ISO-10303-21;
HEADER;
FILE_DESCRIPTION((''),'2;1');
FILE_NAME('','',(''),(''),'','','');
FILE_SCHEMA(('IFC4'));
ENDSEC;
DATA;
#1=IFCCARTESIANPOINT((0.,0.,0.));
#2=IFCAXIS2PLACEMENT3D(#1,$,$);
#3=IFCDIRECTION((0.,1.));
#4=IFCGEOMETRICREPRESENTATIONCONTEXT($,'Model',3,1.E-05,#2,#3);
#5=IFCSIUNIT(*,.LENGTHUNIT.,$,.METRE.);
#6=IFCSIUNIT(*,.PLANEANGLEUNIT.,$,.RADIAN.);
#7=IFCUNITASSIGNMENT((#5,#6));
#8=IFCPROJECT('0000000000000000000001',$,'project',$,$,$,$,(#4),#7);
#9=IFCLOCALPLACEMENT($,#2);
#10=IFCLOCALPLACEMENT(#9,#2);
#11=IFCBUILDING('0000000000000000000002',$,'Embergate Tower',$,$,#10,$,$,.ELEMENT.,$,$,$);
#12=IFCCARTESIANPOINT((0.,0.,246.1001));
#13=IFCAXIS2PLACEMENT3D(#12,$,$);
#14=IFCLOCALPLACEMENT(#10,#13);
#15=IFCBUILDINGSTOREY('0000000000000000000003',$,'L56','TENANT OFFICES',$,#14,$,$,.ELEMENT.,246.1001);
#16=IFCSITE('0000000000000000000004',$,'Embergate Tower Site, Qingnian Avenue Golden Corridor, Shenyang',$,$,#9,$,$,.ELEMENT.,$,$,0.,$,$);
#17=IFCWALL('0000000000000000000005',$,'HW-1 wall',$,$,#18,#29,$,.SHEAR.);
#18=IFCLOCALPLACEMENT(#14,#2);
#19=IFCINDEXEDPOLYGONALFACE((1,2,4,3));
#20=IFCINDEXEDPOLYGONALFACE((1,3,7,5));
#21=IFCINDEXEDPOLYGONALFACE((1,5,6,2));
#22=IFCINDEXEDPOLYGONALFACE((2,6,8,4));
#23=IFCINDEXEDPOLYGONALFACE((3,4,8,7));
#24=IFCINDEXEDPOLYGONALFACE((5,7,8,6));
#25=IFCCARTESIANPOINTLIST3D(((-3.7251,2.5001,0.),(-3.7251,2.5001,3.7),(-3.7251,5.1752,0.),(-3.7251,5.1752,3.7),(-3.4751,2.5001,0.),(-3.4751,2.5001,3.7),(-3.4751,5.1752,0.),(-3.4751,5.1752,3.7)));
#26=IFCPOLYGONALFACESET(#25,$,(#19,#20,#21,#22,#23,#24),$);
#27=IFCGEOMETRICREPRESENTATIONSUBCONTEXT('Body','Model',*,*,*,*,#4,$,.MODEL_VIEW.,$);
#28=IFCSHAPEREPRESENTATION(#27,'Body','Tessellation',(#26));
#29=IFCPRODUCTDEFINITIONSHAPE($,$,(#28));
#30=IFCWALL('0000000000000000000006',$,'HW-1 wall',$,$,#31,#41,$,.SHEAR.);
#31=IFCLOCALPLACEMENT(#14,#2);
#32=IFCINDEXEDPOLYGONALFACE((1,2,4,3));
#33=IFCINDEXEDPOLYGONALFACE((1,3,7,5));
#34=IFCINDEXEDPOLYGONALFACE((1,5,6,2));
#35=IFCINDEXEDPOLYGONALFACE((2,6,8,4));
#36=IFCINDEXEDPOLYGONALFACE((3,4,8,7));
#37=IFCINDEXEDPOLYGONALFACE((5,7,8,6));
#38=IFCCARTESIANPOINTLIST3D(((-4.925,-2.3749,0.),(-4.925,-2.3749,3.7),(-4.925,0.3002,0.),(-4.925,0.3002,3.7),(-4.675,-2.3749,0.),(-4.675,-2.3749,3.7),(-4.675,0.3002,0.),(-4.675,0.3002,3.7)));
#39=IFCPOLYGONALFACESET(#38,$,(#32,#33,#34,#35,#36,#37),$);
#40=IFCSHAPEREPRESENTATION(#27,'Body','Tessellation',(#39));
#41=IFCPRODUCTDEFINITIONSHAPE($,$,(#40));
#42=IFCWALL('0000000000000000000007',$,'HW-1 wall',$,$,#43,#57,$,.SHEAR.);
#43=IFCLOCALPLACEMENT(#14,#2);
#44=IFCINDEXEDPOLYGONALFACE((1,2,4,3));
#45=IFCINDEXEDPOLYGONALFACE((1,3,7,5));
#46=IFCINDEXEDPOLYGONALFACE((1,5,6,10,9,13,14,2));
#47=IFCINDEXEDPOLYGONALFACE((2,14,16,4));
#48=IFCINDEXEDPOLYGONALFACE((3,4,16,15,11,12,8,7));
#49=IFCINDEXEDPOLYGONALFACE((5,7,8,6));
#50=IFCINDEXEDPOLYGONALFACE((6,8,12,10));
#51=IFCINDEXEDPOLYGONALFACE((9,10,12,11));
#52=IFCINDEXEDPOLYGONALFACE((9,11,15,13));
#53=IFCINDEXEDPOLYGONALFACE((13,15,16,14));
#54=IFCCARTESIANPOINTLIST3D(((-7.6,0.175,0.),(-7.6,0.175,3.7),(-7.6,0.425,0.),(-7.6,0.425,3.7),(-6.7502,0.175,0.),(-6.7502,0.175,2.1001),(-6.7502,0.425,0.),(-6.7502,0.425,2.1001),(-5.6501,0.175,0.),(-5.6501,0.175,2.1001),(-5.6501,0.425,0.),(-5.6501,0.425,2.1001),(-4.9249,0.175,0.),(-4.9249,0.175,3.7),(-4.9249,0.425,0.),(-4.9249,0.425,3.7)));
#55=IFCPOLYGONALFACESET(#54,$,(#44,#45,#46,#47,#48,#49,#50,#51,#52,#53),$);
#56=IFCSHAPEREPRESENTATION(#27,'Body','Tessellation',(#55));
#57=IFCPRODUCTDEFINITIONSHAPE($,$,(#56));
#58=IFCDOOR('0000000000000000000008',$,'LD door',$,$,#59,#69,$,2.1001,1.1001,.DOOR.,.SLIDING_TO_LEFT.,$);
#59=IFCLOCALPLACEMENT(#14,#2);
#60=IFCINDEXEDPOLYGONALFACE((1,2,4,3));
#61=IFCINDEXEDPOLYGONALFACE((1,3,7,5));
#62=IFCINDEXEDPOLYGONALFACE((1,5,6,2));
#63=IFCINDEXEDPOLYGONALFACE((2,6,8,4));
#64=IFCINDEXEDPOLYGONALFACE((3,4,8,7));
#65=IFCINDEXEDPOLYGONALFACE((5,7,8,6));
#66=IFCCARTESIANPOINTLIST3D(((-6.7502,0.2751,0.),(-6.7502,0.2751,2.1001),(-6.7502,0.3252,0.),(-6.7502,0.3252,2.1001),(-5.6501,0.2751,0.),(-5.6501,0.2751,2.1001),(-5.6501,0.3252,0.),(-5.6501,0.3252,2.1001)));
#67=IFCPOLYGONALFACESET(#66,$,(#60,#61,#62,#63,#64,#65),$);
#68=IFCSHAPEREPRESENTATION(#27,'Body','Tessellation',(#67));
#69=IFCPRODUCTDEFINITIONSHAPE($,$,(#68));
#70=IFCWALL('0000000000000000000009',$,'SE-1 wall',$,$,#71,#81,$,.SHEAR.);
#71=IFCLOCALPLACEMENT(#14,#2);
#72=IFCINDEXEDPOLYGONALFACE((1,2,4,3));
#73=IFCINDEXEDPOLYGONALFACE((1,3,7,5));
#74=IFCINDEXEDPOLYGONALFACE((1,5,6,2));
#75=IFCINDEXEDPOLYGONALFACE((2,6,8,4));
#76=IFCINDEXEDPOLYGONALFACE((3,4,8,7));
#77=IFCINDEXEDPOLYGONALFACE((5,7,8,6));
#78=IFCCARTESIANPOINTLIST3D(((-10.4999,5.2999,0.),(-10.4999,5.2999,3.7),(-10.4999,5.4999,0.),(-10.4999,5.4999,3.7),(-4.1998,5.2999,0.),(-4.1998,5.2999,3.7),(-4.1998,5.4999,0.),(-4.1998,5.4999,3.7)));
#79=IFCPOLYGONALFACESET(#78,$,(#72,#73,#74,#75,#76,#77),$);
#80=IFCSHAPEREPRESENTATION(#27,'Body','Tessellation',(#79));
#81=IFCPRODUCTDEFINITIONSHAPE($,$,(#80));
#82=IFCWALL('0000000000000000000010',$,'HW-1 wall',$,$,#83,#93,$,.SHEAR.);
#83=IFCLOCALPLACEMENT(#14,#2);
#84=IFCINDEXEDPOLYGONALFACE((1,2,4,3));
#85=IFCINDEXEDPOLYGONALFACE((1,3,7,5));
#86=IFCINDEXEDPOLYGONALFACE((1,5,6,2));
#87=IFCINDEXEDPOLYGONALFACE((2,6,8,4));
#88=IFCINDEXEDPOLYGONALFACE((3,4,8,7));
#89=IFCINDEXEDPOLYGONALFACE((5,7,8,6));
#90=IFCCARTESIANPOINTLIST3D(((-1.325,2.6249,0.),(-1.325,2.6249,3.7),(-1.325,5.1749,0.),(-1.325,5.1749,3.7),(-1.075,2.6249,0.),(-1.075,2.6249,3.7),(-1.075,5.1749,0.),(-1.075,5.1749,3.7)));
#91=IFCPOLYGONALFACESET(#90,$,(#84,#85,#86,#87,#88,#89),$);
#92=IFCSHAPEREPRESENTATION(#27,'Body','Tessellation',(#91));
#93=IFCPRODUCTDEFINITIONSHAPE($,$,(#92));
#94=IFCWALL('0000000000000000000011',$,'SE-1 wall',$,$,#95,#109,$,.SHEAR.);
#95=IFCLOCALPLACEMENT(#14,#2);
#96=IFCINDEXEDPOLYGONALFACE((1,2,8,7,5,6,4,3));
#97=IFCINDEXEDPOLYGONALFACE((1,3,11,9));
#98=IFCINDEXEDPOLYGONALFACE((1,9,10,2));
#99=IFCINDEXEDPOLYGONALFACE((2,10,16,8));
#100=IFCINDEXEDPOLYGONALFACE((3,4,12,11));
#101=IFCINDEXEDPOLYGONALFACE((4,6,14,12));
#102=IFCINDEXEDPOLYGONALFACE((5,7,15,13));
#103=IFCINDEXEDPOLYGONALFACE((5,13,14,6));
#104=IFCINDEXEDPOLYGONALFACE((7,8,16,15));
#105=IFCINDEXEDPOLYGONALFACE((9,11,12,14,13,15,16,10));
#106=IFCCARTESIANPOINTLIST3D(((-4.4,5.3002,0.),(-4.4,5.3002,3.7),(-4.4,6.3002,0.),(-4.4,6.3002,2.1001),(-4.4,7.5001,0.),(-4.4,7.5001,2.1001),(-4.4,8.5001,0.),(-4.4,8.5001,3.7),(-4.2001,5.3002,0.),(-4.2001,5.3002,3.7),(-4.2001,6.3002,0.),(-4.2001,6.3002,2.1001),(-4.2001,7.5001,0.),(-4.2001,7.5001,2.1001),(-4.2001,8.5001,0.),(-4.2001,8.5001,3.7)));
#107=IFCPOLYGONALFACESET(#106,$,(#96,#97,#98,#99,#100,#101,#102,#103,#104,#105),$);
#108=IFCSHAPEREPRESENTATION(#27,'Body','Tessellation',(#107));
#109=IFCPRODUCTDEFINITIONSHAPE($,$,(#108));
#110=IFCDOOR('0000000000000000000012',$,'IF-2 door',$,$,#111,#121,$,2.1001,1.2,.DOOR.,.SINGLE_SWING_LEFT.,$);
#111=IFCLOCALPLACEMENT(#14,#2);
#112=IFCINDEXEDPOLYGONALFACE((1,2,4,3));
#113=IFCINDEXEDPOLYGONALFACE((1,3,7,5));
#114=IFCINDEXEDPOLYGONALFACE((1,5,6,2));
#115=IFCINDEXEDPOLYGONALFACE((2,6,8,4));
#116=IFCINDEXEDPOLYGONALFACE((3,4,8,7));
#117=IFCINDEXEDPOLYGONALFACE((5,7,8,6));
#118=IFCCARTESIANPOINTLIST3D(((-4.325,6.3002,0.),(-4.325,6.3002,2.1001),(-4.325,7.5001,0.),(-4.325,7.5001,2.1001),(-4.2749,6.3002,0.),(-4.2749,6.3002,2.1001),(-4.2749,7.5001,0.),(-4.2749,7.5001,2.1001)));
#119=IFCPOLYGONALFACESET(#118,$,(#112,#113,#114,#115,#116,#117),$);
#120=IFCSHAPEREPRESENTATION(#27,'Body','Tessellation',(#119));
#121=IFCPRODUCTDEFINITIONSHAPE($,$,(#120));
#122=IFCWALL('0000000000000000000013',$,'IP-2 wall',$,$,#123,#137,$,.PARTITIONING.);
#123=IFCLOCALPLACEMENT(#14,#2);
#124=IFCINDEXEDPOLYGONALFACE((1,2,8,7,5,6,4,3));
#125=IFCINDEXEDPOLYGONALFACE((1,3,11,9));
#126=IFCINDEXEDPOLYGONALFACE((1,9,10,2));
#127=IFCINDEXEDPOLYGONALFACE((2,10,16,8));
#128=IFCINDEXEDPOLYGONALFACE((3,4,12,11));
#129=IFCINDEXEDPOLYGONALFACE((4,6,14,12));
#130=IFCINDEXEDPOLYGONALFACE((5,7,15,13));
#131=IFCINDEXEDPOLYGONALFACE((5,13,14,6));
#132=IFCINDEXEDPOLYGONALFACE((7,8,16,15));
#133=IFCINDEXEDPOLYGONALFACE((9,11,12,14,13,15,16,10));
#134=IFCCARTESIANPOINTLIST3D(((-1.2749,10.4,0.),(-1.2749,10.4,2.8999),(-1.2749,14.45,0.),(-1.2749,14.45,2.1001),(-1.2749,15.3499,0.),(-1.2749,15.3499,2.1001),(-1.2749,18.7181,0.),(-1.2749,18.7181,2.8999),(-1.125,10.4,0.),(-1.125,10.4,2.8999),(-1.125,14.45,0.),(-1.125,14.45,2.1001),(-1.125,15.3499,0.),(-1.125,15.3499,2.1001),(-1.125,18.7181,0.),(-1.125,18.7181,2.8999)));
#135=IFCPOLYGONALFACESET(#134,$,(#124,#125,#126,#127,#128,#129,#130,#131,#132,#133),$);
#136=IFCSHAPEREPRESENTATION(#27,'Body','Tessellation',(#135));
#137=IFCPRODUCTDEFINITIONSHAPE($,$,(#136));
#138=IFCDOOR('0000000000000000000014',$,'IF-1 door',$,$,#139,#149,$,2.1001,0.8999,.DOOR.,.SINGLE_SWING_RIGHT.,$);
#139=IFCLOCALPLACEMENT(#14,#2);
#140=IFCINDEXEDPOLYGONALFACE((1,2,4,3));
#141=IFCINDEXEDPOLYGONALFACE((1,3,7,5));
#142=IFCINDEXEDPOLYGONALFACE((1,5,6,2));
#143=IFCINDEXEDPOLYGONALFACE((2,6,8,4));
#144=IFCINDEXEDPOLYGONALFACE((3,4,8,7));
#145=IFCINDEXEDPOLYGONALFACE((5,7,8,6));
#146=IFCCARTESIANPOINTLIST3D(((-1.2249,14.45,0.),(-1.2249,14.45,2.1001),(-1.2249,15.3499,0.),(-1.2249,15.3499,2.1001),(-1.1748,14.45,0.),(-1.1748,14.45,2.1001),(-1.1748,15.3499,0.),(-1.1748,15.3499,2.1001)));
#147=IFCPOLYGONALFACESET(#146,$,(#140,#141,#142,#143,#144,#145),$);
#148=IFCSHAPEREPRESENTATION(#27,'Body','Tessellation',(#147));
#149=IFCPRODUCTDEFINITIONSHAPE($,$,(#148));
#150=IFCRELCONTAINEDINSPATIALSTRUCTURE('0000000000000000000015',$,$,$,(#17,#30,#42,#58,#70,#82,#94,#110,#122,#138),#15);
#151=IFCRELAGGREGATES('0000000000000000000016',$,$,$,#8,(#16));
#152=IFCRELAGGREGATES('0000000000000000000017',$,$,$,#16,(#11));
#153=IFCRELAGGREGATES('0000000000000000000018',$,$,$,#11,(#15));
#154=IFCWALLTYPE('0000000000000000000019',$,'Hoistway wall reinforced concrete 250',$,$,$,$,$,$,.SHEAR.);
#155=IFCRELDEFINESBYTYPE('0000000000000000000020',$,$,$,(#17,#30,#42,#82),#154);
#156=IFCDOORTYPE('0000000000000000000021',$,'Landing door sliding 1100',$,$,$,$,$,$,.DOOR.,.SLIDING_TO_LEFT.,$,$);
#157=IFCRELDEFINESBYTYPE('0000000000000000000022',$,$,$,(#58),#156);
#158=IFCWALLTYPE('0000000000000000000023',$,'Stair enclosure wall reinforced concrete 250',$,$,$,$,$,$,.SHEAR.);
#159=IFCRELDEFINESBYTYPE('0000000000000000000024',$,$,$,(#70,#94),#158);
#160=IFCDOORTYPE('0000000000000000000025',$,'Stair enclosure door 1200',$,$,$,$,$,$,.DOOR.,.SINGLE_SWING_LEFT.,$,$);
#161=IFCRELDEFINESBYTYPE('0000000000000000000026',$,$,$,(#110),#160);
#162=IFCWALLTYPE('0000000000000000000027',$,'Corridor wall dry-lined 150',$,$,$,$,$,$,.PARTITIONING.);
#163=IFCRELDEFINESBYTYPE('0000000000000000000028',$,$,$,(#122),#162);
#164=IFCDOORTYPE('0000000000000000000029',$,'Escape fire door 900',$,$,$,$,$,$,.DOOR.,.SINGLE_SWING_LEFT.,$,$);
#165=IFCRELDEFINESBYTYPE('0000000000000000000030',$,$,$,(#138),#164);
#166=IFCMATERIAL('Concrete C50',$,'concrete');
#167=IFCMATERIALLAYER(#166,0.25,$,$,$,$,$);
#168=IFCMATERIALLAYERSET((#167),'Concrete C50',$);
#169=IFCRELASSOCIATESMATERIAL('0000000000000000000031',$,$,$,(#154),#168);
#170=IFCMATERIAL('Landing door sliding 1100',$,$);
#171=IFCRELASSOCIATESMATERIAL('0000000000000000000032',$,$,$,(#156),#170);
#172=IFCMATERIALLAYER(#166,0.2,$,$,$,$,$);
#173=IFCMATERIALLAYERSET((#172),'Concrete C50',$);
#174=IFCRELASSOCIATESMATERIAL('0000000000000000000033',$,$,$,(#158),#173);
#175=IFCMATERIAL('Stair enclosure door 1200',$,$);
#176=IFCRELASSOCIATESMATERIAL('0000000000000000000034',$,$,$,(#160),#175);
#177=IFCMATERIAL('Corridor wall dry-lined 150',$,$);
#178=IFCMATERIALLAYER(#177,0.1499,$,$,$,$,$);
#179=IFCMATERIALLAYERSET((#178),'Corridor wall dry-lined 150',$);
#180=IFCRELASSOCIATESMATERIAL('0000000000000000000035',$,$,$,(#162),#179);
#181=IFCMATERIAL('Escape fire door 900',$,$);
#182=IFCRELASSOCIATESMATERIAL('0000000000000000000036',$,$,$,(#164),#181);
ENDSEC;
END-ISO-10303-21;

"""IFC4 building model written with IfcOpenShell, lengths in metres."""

from ifc_helpers import new_model, si_unit, direction, frame, frame_2d, origin, place, context, subcontext, project, spatial, rectangle, extrude, source, transform, mapped, material, layer, layer_set, type_object, element, fill, save


model = new_model("IFC4")

# Units and contexts
model_context = context("Model", 3, precision=1e-05, world=origin(), true_north=direction((0.0, 1.0)))
body_context = subcontext(model_context, "Body", "Model", "MODEL_VIEW")
ifc_project = project(units=[si_unit("LENGTHUNIT", "METRE"), si_unit("PLANEANGLEUNIT", "RADIAN")], contexts=[model_context])

# Site, building, storey
site_placement = place(None, origin())
site = spatial("IfcSite", under=ifc_project, at=site_placement, Name="Embergate Tower Site, Qingnian Avenue Golden Corridor, Shenyang", CompositionType="ELEMENT", RefElevation=0.0)
building_placement = place(site_placement, origin())
building = spatial("IfcBuilding", under=site, at=building_placement, Name="Embergate Tower", CompositionType="ELEMENT")
storey_placement = place(building_placement, frame((0.0, 0.0, 246.1001)))
storey = spatial("IfcBuildingStorey", under=building, at=storey_placement, Name="L56", Description="TENANT OFFICES", CompositionType="ELEMENT", Elevation=246.1001)

# Walls
ifc_material_1 = material(Name="Concrete C50", Category="concrete")
ifc_layer_1 = layer(ifc_material_1, 0.25)
ifc_layer_set_1 = layer_set([ifc_layer_1], Name="Concrete C50")
wall_type_1 = type_object("IfcWallType", Name="Hoistway wall reinforced concrete 250", PredefinedType="SHEAR", material=ifc_layer_set_1)
shared_shape_1 = source(origin(), body_context, "Body", "SweptSolid", [
    extrude(rectangle(XDim=2.675, YDim=0.25, at=frame_2d((1.3374, 0.0))), origin(), (0.0, 0.0, 1.0), 3.7),
])
for number, where, z_axis, x_axis, name in (
    (1, (-3.6001, 5.175, 0.0), (0.0, 0.0, 1.0), (0.0, -1.0, 0.0), "HW-1 wall"),
    (2, (-4.8, 0.3, 0.0), (0.0, 0.0, 1.0), (0.0, -1.0, 0.0), "HW-1 wall"),
):
    element("IfcWall", number, at=place(storey_placement, frame(where, z_axis=z_axis, x_axis=x_axis)), inside=storey, type_object=wall_type_1, Name=name, PredefinedType="SHEAR", context=body_context, shape_type="MappedRepresentation", body=[
        mapped(shared_shape_1, transform((0.0, 0.0, 0.0))),
    ])

# Wall, opening, door
wall_1_placement = place(storey_placement, frame((-4.925, 0.3, 0.0), z_axis=(0.0, 0.0, 1.0), x_axis=(-1.0, 0.0, 0.0)))
wall_1 = element("IfcWall", 3, at=wall_1_placement, inside=storey, type_object=wall_type_1, Name="HW-1 wall", PredefinedType="SHEAR", context=body_context, shape_type="MappedRepresentation", body=[
    mapped(shared_shape_1, transform((0.0, 0.0, 0.0))),
])
shared_shape_2 = source(origin(), body_context, "Body", "SweptSolid", [
    extrude(rectangle(XDim=1.1001, YDim=2.1001, at=frame_2d((0.55, 1.05))), frame((0.0, 0.135, 0.0), z_axis=(0.0, -1.0, 0.0), x_axis=(1.0, 0.0, 0.0)), (0.0, 0.0, 1.0), 0.27),
])
opening_1_placement = place(wall_1_placement, frame((0.7251, 0.0, 0.0)))
opening_1 = element("IfcOpeningElement", 4, at=opening_1_placement, cuts=wall_1, PredefinedType="OPENING", context=body_context, shape_type="MappedRepresentation", body=[
    mapped(shared_shape_2, transform((0.0, 0.0, 0.0))),
])
ifc_material_2 = material(Name="Landing door sliding 1100")
door_type_1 = type_object("IfcDoorType", Name="Landing door sliding 1100", OperationType="SLIDING_TO_LEFT", PredefinedType="DOOR", material=ifc_material_2)
shared_shape_3 = source(origin(), body_context, "Body", "SweptSolid", [
    extrude(rectangle(XDim=1.1001, YDim=2.1001, at=frame_2d((0.55, 1.05))), frame((0.0, 0.0249, 0.0), z_axis=(0.0, -1.0, 0.0), x_axis=(1.0, 0.0, 0.0)), (0.0, 0.0, 1.0), 0.05),
])
door_1_placement = place(opening_1_placement, origin())
door_1 = element("IfcDoor", 5, at=door_1_placement, inside=storey, type_object=door_type_1, Name="LD door", OperationType="SLIDING_TO_LEFT", OverallHeight=2.1001, OverallWidth=1.1001, PredefinedType="DOOR", context=body_context, shape_type="MappedRepresentation", body=[
    mapped(shared_shape_3, transform((0.0, 0.0, 0.0))),
])
fill(opening_1, door_1)

# Walls
ifc_layer_2 = layer(ifc_material_1, 0.2)
ifc_layer_set_2 = layer_set([ifc_layer_2], Name="Concrete C50")
wall_type_2 = type_object("IfcWallType", Name="Stair enclosure wall reinforced concrete 250", PredefinedType="SHEAR", material=ifc_layer_set_2)
shared_shape_4 = source(origin(), body_context, "Body", "SweptSolid", [
    extrude(rectangle(XDim=6.3, YDim=0.2, at=frame_2d((3.1499, 0.0))), origin(), (0.0, 0.0, 1.0), 3.7),
])
wall_2_placement = place(storey_placement, frame((-4.2, 5.3999, 0.0), z_axis=(0.0, 0.0, 1.0), x_axis=(-1.0, 0.0, 0.0)))
element("IfcWall", 6, at=wall_2_placement, inside=storey, type_object=wall_type_2, Name="SE-1 wall", PredefinedType="SHEAR", context=body_context, shape_type="MappedRepresentation", body=[
    mapped(shared_shape_4, transform((0.0, 0.0, 0.0))),
])
shared_shape_5 = source(origin(), body_context, "Body", "SweptSolid", [
    extrude(rectangle(XDim=2.55, YDim=0.25, at=frame_2d((1.2749, 0.0))), origin(), (0.0, 0.0, 1.0), 3.7),
])
wall_3_placement = place(storey_placement, frame((-1.2, 2.625, 0.0), z_axis=(0.0, 0.0, 1.0), x_axis=(0.0, 1.0, 0.0)))
element("IfcWall", 7, at=wall_3_placement, inside=storey, type_object=wall_type_1, Name="HW-1 wall", PredefinedType="SHEAR", context=body_context, shape_type="MappedRepresentation", body=[
    mapped(shared_shape_5, transform((0.0, 0.0, 0.0))),
])

# Walls, openings, doors
shared_shape_6 = source(origin(), body_context, "Body", "SweptSolid", [
    extrude(rectangle(XDim=3.2, YDim=0.2, at=frame_2d((1.6001, 0.0))), origin(), (0.0, 0.0, 1.0), 3.7),
])
wall_4_placement = place(storey_placement, frame((-4.3, 5.3, 0.0), z_axis=(0.0, 0.0, 1.0), x_axis=(0.0, 1.0, 0.0)))
wall_4 = element("IfcWall", 8, at=wall_4_placement, inside=storey, type_object=wall_type_2, Name="SE-1 wall", PredefinedType="SHEAR", context=body_context, shape_type="MappedRepresentation", body=[
    mapped(shared_shape_6, transform((0.0, 0.0, 0.0))),
])
shared_shape_7 = source(origin(), body_context, "Body", "SweptSolid", [
    extrude(rectangle(XDim=1.2, YDim=2.1001, at=frame_2d((0.6001, 1.05))), frame((0.0, 0.1099, 0.0), z_axis=(0.0, -1.0, 0.0), x_axis=(1.0, 0.0, 0.0)), (0.0, 0.0, 1.0), 0.22),
])
opening_2_placement = place(wall_4_placement, frame((1.0, 0.0, 0.0)))
opening_2 = element("IfcOpeningElement", 9, at=opening_2_placement, cuts=wall_4, PredefinedType="OPENING", context=body_context, shape_type="MappedRepresentation", body=[
    mapped(shared_shape_7, transform((0.0, 0.0, 0.0))),
])
ifc_material_3 = material(Name="Stair enclosure door 1200")
door_type_2 = type_object("IfcDoorType", Name="Stair enclosure door 1200", OperationType="SINGLE_SWING_LEFT", PredefinedType="DOOR", material=ifc_material_3)
shared_shape_8 = source(origin(), body_context, "Body", "SweptSolid", [
    extrude(rectangle(XDim=1.2, YDim=2.1001, at=frame_2d((0.6001, 1.05))), frame((0.0, 0.0249, 0.0), z_axis=(0.0, -1.0, 0.0), x_axis=(1.0, 0.0, 0.0)), (0.0, 0.0, 1.0), 0.05),
])
door_2_placement = place(opening_2_placement, origin())
door_2 = element("IfcDoor", 10, at=door_2_placement, inside=storey, type_object=door_type_2, Name="IF-2 door", OperationType="SINGLE_SWING_LEFT", OverallHeight=2.1001, OverallWidth=1.2, PredefinedType="DOOR", context=body_context, shape_type="MappedRepresentation", body=[
    mapped(shared_shape_8, transform((0.0, 0.0, 0.0))),
])
fill(opening_2, door_2)
ifc_material_4 = material(Name="Corridor wall dry-lined 150")
ifc_layer_3 = layer(ifc_material_4, 0.1499)
ifc_layer_set_3 = layer_set([ifc_layer_3], Name="Corridor wall dry-lined 150")
wall_type_3 = type_object("IfcWallType", Name="Corridor wall dry-lined 150", PredefinedType="PARTITIONING", material=ifc_layer_set_3)
shared_shape_9 = source(origin(), body_context, "Body", "SweptSolid", [
    extrude(rectangle(XDim=8.3181, YDim=0.1499, at=frame_2d((4.1592, 0.0))), origin(), (0.0, 0.0, 1.0), 2.8999),
])
wall_5_placement = place(storey_placement, frame((-1.2, 10.3999, 0.0), z_axis=(0.0, 0.0, 1.0), x_axis=(0.0, 1.0, 0.0)))
wall_5 = element("IfcWall", 11, at=wall_5_placement, inside=storey, type_object=wall_type_3, Name="IP-2 wall", PredefinedType="PARTITIONING", context=body_context, shape_type="MappedRepresentation", body=[
    mapped(shared_shape_9, transform((0.0, 0.0, 0.0))),
])
shared_shape_10 = source(origin(), body_context, "Body", "SweptSolid", [
    extrude(rectangle(XDim=0.8999, YDim=2.1001, at=frame_2d((0.45, 1.05))), frame((0.0, 0.085, 0.0), z_axis=(0.0, -1.0, 0.0), x_axis=(1.0, 0.0, 0.0)), (0.0, 0.0, 1.0), 0.1699),
])
opening_3_placement = place(wall_5_placement, frame((4.05, 0.0, 0.0)))
opening_3 = element("IfcOpeningElement", 12, at=opening_3_placement, cuts=wall_5, PredefinedType="OPENING", context=body_context, shape_type="MappedRepresentation", body=[
    mapped(shared_shape_10, transform((0.0, 0.0, 0.0))),
])
ifc_material_5 = material(Name="Escape fire door 900")
door_type_3 = type_object("IfcDoorType", Name="Escape fire door 900", OperationType="SINGLE_SWING_LEFT", PredefinedType="DOOR", material=ifc_material_5)
shared_shape_11 = source(origin(), body_context, "Body", "SweptSolid", [
    extrude(rectangle(XDim=0.8999, YDim=2.1001, at=frame_2d((0.45, 1.05))), frame((0.0, 0.0249, 0.0), z_axis=(0.0, -1.0, 0.0), x_axis=(1.0, 0.0, 0.0)), (0.0, 0.0, 1.0), 0.05),
])
door_3_placement = place(opening_3_placement, origin())
door_3 = element("IfcDoor", 13, at=door_3_placement, inside=storey, type_object=door_type_3, Name="IF-1 door", OperationType="SINGLE_SWING_RIGHT", OverallHeight=2.1001, OverallWidth=0.8999, PredefinedType="DOOR", context=body_context, shape_type="MappedRepresentation", body=[
    mapped(shared_shape_11, transform((0.0, 0.0, 0.0))),
])
fill(opening_3, door_3)

save(model, "model.ifc")
